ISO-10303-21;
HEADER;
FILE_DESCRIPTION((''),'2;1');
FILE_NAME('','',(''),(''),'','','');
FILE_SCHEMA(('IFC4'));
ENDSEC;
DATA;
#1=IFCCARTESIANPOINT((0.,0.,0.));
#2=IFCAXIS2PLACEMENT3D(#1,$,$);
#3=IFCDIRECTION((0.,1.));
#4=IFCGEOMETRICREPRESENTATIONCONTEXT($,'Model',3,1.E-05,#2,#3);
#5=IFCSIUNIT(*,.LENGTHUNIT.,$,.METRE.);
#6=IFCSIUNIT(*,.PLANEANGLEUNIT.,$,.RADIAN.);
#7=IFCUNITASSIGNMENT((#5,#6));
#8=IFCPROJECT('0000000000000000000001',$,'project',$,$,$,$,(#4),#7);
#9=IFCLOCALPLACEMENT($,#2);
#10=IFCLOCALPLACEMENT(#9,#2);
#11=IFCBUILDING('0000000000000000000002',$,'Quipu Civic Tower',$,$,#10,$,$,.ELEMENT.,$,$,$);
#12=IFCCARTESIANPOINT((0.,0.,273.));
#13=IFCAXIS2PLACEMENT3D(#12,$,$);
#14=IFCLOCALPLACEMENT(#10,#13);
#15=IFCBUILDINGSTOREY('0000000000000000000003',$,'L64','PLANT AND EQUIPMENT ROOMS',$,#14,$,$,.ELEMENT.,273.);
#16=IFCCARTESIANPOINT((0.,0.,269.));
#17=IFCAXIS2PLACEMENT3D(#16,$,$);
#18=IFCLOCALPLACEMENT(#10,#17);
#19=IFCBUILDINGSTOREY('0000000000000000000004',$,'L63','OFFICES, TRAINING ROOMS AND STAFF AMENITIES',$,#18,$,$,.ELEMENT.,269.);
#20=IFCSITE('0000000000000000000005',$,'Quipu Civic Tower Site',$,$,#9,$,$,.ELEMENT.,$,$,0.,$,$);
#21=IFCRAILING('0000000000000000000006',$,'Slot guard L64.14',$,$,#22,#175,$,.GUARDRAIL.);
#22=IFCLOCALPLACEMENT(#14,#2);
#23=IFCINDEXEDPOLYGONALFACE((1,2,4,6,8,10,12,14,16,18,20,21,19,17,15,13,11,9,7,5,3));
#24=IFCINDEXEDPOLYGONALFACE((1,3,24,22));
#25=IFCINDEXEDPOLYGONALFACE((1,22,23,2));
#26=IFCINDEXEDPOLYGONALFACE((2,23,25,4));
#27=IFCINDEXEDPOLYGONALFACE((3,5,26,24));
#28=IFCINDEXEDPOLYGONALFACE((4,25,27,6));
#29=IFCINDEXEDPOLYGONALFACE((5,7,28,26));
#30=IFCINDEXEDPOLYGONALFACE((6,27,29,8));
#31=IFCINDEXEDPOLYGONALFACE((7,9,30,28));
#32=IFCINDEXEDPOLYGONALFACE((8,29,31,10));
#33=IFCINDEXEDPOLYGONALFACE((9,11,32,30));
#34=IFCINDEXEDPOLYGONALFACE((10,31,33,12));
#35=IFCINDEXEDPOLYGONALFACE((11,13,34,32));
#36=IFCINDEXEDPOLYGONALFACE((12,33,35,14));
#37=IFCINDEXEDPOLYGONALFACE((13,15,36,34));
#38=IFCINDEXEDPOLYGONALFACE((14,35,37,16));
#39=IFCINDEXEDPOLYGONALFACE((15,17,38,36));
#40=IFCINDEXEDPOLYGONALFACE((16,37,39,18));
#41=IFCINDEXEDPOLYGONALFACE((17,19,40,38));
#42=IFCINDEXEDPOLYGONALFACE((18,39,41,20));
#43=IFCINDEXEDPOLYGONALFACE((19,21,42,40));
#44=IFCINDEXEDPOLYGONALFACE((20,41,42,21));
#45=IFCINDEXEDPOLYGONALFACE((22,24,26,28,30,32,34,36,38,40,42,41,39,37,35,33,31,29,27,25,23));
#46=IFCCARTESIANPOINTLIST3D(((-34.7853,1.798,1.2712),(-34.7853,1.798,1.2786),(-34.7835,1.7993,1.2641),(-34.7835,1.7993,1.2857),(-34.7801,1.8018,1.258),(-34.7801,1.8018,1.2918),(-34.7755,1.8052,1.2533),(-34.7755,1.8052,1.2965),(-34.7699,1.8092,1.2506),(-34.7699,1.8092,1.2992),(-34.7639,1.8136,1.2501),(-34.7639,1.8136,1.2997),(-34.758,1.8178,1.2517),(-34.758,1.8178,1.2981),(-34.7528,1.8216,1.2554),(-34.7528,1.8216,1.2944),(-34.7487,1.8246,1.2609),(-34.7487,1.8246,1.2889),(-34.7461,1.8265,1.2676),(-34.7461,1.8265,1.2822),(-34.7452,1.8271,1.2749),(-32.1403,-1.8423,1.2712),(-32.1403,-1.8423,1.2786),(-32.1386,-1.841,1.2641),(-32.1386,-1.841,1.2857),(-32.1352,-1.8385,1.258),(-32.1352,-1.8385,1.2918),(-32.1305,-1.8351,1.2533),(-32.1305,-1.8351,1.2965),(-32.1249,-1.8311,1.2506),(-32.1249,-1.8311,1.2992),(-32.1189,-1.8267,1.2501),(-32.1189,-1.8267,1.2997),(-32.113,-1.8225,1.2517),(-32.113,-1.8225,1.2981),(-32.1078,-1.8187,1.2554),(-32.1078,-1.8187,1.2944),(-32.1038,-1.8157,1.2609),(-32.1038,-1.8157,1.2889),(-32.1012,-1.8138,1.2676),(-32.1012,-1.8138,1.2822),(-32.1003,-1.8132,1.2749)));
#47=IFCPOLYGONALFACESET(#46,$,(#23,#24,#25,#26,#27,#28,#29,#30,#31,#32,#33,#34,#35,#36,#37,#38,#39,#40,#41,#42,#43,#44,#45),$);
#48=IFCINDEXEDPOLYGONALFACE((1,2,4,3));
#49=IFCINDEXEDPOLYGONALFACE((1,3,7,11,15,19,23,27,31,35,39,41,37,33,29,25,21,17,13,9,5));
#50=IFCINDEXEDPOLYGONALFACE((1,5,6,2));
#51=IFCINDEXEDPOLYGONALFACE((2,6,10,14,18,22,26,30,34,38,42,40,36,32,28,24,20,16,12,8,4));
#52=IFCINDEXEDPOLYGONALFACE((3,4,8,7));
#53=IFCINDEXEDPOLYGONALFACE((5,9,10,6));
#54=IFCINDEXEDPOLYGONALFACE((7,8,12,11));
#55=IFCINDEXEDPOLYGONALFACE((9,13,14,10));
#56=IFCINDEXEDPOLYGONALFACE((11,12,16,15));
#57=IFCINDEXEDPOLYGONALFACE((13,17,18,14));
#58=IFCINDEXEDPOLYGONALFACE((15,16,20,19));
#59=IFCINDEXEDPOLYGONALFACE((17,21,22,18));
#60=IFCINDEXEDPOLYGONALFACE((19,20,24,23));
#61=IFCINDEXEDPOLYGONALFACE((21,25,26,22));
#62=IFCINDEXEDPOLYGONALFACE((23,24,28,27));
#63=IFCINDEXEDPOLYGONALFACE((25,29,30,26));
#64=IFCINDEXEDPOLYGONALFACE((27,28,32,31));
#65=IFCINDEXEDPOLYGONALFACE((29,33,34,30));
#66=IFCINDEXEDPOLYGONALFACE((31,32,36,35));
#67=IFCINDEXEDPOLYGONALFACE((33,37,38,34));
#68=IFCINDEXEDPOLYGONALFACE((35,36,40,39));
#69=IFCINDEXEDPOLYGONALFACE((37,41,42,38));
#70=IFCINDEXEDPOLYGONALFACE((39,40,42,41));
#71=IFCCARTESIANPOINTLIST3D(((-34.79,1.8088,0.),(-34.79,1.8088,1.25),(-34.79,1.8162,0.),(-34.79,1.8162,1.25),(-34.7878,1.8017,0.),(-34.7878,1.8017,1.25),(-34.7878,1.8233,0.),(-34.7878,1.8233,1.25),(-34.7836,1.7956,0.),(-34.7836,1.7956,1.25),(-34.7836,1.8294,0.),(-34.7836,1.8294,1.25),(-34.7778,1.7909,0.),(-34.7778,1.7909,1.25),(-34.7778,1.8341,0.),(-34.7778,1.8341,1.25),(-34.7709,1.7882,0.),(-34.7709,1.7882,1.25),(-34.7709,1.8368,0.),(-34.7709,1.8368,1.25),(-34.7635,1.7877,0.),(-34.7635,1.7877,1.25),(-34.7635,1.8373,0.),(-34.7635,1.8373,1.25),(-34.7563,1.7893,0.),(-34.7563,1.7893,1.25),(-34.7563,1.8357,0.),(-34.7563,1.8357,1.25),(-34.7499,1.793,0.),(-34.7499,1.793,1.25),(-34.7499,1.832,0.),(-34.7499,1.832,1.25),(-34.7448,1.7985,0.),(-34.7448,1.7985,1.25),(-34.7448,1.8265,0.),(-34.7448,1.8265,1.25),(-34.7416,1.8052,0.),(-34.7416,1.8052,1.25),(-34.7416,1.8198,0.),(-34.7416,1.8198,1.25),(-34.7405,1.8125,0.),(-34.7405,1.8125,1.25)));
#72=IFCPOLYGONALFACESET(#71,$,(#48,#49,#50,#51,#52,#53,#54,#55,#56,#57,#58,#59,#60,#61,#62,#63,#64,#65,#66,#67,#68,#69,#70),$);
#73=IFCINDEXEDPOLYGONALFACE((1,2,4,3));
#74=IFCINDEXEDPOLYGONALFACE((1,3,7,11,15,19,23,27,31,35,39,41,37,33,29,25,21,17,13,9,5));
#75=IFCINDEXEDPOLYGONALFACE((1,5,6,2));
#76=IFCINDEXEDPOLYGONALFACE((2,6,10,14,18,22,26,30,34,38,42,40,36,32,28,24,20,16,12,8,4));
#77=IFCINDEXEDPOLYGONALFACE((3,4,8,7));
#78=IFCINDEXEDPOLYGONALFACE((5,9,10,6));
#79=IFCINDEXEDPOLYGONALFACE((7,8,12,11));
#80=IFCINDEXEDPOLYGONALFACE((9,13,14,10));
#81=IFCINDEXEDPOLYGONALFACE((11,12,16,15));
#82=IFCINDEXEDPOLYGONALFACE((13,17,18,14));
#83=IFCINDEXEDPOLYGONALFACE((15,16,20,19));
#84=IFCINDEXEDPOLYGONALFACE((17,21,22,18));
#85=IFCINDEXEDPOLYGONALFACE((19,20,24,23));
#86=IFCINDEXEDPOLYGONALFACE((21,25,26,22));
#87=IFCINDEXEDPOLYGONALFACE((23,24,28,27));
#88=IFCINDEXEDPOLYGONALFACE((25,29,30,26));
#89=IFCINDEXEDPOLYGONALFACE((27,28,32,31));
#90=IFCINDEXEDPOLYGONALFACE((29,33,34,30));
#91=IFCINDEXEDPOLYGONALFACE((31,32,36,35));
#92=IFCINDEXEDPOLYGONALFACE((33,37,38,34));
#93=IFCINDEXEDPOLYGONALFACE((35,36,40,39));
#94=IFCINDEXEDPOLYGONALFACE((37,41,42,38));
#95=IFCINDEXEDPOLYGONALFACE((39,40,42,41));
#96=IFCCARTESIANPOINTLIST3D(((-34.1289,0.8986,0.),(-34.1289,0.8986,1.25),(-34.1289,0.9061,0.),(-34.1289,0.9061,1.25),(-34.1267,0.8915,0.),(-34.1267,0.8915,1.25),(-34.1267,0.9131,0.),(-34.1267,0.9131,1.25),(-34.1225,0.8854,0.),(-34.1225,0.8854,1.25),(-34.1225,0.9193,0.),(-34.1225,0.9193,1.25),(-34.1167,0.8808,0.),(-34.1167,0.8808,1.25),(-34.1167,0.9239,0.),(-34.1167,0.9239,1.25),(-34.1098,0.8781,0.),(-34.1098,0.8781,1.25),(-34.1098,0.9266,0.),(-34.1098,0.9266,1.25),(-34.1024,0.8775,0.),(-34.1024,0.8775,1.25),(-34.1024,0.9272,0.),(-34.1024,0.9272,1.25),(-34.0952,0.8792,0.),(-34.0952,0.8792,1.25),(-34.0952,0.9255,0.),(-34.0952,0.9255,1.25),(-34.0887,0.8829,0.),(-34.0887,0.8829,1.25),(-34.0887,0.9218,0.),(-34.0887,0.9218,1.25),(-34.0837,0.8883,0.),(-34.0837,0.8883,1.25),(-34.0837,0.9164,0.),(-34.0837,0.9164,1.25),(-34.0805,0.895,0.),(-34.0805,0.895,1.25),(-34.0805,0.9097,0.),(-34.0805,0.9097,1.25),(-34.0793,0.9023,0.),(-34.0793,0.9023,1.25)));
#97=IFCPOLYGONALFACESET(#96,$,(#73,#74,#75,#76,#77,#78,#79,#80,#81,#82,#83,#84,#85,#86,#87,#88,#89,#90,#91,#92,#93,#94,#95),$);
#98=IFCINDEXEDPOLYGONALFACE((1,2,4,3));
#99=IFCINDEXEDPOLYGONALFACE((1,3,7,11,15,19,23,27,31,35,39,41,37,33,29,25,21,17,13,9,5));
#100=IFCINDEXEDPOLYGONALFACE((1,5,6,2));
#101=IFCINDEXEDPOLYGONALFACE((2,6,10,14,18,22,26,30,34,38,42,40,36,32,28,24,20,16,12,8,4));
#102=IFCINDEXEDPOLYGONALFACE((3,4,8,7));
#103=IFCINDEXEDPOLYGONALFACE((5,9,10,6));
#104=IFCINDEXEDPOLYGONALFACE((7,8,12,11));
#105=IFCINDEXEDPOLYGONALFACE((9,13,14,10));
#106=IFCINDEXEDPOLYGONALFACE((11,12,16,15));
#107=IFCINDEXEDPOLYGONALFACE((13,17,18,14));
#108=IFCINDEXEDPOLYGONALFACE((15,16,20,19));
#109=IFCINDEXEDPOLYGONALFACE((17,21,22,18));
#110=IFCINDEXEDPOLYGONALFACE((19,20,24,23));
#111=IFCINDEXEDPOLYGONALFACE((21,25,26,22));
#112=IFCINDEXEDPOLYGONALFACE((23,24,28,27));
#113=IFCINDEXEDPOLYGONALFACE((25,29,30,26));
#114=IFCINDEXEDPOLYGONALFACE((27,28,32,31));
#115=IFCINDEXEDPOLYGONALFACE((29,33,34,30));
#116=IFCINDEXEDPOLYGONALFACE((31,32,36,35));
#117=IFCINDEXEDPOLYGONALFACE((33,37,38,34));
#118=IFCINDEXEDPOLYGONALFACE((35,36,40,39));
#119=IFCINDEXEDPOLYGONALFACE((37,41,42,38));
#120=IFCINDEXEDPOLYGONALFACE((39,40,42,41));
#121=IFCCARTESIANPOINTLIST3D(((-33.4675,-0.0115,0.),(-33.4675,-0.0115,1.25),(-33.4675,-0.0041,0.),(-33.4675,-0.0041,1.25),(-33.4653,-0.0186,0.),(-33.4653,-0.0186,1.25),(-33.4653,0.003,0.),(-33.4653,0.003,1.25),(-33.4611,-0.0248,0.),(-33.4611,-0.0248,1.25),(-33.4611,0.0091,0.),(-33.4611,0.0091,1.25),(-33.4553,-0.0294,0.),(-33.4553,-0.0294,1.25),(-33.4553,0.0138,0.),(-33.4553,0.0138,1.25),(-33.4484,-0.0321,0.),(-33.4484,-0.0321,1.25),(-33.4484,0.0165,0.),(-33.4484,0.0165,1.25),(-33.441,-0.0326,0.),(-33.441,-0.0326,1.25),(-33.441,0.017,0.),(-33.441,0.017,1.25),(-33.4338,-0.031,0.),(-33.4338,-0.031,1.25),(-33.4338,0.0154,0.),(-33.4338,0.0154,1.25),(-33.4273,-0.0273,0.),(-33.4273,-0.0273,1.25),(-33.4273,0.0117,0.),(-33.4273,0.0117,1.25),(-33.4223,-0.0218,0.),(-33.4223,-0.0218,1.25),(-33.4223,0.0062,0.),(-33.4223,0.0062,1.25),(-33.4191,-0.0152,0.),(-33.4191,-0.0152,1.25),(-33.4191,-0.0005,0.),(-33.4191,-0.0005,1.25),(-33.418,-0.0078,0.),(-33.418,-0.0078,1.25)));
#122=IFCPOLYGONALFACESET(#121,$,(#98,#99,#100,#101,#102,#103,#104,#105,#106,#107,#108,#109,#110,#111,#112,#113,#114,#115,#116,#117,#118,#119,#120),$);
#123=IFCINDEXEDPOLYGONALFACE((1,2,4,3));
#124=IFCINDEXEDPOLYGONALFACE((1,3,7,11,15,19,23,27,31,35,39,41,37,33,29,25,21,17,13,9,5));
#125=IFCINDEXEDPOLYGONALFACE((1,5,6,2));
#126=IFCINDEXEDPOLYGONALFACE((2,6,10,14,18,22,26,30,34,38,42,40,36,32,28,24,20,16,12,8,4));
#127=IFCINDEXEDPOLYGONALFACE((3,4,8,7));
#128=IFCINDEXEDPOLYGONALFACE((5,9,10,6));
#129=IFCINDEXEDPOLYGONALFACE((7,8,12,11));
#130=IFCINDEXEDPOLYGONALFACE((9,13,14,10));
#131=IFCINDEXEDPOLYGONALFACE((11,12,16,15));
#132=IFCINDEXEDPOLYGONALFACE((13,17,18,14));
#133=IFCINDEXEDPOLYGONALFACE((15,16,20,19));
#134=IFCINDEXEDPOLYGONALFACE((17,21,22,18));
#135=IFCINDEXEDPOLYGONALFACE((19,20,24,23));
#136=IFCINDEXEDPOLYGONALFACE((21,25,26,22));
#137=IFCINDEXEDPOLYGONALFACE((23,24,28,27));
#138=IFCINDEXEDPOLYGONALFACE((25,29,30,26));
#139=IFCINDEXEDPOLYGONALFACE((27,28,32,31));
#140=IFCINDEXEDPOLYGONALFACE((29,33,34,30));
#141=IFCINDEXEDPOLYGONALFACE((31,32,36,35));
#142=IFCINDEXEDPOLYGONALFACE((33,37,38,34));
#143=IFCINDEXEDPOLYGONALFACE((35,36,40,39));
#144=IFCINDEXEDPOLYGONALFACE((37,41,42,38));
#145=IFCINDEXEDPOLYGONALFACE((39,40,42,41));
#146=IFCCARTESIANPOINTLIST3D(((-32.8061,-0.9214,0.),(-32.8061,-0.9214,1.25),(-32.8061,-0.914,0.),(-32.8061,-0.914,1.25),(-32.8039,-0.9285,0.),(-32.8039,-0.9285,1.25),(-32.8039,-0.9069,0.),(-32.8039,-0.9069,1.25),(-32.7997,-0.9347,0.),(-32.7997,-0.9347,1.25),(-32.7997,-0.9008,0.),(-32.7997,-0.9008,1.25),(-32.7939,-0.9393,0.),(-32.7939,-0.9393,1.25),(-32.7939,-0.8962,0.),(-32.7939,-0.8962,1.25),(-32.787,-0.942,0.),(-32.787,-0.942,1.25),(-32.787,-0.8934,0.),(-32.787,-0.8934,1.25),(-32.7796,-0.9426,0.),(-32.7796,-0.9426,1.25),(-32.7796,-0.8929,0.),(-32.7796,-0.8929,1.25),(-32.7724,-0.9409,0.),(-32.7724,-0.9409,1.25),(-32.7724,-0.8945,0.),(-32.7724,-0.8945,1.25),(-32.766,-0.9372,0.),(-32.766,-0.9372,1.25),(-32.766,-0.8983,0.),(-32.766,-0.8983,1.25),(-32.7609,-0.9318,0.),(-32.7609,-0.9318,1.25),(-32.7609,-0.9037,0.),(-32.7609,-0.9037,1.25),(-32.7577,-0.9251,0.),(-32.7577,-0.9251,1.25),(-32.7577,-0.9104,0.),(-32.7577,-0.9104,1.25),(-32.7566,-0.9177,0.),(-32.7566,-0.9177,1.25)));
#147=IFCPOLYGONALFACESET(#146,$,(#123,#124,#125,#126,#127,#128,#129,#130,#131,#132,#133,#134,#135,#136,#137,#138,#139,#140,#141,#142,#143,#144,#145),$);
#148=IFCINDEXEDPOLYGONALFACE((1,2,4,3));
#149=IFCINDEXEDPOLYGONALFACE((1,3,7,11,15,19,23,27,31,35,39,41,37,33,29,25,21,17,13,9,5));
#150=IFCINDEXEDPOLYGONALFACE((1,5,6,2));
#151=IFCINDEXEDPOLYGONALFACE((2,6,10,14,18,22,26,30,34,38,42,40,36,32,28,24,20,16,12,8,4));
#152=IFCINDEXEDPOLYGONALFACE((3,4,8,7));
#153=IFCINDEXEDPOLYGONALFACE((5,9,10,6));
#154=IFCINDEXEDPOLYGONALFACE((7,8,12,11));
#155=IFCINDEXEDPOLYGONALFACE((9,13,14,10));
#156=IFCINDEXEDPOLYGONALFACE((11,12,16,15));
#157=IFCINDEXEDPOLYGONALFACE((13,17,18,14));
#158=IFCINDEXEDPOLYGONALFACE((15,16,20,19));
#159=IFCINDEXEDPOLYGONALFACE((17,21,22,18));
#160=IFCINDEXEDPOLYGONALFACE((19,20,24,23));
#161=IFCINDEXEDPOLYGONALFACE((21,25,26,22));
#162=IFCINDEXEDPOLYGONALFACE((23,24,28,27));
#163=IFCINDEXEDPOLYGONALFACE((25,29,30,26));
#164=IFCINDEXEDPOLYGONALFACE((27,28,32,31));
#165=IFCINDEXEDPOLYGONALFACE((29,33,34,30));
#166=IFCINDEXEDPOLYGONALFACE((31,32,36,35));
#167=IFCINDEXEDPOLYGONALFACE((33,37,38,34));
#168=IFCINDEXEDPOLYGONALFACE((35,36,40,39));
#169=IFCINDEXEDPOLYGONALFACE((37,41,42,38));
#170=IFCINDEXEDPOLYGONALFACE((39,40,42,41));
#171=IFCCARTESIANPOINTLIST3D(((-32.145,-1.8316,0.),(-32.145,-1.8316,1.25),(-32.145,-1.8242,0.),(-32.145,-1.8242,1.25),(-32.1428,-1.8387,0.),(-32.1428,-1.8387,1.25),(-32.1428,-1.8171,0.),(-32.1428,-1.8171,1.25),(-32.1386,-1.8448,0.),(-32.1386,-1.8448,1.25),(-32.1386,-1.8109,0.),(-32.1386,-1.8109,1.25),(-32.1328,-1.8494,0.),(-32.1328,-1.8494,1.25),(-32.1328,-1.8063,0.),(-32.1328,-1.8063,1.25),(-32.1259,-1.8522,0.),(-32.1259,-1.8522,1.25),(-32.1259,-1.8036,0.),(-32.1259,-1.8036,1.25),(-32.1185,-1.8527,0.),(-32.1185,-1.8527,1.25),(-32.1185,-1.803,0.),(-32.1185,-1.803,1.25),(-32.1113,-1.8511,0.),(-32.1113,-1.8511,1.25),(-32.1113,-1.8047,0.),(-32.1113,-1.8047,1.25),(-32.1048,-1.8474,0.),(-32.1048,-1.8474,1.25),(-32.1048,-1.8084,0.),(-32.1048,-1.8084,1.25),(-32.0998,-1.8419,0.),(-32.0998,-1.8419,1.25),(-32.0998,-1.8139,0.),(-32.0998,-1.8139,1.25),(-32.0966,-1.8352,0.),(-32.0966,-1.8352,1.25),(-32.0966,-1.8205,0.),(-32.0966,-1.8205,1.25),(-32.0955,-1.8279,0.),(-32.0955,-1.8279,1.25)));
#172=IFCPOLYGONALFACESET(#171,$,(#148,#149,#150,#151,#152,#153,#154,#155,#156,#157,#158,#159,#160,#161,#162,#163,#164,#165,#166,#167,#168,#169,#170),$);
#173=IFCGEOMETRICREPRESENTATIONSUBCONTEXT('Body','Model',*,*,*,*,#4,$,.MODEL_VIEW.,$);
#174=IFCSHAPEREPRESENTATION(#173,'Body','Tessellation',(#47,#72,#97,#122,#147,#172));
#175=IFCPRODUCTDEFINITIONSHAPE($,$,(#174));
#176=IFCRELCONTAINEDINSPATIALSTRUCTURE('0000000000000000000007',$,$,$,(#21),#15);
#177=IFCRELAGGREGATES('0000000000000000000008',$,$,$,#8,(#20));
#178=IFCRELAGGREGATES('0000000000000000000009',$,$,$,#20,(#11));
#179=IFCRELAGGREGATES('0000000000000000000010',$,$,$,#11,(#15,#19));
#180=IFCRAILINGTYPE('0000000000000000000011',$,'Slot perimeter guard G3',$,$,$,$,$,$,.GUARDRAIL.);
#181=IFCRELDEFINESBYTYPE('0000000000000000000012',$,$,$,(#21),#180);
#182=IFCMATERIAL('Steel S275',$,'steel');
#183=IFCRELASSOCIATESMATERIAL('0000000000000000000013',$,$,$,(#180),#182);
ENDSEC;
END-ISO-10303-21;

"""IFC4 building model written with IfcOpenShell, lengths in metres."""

from ifc_helpers import new_model, si_unit, direction, frame, origin, origin_2d, place, context, subcontext, project, spatial, circle, extrude, material, type_object, element, save


model = new_model("IFC4")

# Units and contexts
model_context = context("Model", 3, precision=1e-05, world=origin(), true_north=direction((0.0, 1.0)))
body_context = subcontext(model_context, "Body", "Model", "MODEL_VIEW")
ifc_project = project(units=[si_unit("LENGTHUNIT", "METRE"), si_unit("PLANEANGLEUNIT", "RADIAN")], contexts=[model_context])

# Site, building, storey
site_placement = place(None, origin())
site = spatial("IfcSite", under=ifc_project, at=site_placement, Name="Quipu Civic Tower Site", CompositionType="ELEMENT", RefElevation=0.0)
building_placement = place(site_placement, origin())
building = spatial("IfcBuilding", under=site, at=building_placement, Name="Quipu Civic Tower", CompositionType="ELEMENT")
storey_1_placement = place(building_placement, frame((0.0, 0.0, 273.0)))
storey_1 = spatial("IfcBuildingStorey", under=building, at=storey_1_placement, Name="L64", Description="PLANT AND EQUIPMENT ROOMS", CompositionType="ELEMENT", Elevation=273.0)

# Shared definitions
storey_2_placement = place(building_placement, frame((0.0, 0.0, 269.0)))
storey_2 = spatial("IfcBuildingStorey", under=building, at=storey_2_placement, Name="L63", Description="OFFICES, TRAINING ROOMS AND STAFF AMENITIES", CompositionType="ELEMENT", Elevation=269.0)

# Railing
ifc_material_1 = material(Name="Steel S275", Category="steel")
railing_type = type_object("IfcRailingType", Name="Slot perimeter guard G3", PredefinedType="GUARDRAIL", material=ifc_material_1)
railing_1_placement = place(storey_1_placement, frame((-34.7654, 1.8125, 0.0)))
element("IfcRailing", 1, at=railing_1_placement, inside=storey_1, type_object=railing_type, Name="Slot guard L64.14", PredefinedType="GUARDRAIL", context=body_context, shape_type="SweptSolid", body=[
    extrude(circle(Radius=0.0249, at=origin_2d()), frame((0.0, 0.0, 1.2749), z_axis=(0.587804, -0.809003, 0.0), x_axis=(0.809003, 0.587804, 0.0)), (0.0, 0.0, 1.0), 4.4998),
    extrude(circle(Radius=0.0249, at=origin_2d()), origin(), (0.0, 0.0, 1.0), 1.25),
    extrude(circle(Radius=0.0249, at=origin_2d()), frame((0.6611, -0.9102, 0.0)), (0.0, 0.0, 1.0), 1.25),
    extrude(circle(Radius=0.0249, at=origin_2d()), frame((1.3225, -1.8203, 0.0)), (0.0, 0.0, 1.0), 1.25),
    extrude(circle(Radius=0.0249, at=origin_2d()), frame((1.9839, -2.7302, 0.0)), (0.0, 0.0, 1.0), 1.25),
    extrude(circle(Radius=0.0249, at=origin_2d()), frame((2.645, -3.6404, 0.0)), (0.0, 0.0, 1.0), 1.25),
])

save(model, "model.ifc")
